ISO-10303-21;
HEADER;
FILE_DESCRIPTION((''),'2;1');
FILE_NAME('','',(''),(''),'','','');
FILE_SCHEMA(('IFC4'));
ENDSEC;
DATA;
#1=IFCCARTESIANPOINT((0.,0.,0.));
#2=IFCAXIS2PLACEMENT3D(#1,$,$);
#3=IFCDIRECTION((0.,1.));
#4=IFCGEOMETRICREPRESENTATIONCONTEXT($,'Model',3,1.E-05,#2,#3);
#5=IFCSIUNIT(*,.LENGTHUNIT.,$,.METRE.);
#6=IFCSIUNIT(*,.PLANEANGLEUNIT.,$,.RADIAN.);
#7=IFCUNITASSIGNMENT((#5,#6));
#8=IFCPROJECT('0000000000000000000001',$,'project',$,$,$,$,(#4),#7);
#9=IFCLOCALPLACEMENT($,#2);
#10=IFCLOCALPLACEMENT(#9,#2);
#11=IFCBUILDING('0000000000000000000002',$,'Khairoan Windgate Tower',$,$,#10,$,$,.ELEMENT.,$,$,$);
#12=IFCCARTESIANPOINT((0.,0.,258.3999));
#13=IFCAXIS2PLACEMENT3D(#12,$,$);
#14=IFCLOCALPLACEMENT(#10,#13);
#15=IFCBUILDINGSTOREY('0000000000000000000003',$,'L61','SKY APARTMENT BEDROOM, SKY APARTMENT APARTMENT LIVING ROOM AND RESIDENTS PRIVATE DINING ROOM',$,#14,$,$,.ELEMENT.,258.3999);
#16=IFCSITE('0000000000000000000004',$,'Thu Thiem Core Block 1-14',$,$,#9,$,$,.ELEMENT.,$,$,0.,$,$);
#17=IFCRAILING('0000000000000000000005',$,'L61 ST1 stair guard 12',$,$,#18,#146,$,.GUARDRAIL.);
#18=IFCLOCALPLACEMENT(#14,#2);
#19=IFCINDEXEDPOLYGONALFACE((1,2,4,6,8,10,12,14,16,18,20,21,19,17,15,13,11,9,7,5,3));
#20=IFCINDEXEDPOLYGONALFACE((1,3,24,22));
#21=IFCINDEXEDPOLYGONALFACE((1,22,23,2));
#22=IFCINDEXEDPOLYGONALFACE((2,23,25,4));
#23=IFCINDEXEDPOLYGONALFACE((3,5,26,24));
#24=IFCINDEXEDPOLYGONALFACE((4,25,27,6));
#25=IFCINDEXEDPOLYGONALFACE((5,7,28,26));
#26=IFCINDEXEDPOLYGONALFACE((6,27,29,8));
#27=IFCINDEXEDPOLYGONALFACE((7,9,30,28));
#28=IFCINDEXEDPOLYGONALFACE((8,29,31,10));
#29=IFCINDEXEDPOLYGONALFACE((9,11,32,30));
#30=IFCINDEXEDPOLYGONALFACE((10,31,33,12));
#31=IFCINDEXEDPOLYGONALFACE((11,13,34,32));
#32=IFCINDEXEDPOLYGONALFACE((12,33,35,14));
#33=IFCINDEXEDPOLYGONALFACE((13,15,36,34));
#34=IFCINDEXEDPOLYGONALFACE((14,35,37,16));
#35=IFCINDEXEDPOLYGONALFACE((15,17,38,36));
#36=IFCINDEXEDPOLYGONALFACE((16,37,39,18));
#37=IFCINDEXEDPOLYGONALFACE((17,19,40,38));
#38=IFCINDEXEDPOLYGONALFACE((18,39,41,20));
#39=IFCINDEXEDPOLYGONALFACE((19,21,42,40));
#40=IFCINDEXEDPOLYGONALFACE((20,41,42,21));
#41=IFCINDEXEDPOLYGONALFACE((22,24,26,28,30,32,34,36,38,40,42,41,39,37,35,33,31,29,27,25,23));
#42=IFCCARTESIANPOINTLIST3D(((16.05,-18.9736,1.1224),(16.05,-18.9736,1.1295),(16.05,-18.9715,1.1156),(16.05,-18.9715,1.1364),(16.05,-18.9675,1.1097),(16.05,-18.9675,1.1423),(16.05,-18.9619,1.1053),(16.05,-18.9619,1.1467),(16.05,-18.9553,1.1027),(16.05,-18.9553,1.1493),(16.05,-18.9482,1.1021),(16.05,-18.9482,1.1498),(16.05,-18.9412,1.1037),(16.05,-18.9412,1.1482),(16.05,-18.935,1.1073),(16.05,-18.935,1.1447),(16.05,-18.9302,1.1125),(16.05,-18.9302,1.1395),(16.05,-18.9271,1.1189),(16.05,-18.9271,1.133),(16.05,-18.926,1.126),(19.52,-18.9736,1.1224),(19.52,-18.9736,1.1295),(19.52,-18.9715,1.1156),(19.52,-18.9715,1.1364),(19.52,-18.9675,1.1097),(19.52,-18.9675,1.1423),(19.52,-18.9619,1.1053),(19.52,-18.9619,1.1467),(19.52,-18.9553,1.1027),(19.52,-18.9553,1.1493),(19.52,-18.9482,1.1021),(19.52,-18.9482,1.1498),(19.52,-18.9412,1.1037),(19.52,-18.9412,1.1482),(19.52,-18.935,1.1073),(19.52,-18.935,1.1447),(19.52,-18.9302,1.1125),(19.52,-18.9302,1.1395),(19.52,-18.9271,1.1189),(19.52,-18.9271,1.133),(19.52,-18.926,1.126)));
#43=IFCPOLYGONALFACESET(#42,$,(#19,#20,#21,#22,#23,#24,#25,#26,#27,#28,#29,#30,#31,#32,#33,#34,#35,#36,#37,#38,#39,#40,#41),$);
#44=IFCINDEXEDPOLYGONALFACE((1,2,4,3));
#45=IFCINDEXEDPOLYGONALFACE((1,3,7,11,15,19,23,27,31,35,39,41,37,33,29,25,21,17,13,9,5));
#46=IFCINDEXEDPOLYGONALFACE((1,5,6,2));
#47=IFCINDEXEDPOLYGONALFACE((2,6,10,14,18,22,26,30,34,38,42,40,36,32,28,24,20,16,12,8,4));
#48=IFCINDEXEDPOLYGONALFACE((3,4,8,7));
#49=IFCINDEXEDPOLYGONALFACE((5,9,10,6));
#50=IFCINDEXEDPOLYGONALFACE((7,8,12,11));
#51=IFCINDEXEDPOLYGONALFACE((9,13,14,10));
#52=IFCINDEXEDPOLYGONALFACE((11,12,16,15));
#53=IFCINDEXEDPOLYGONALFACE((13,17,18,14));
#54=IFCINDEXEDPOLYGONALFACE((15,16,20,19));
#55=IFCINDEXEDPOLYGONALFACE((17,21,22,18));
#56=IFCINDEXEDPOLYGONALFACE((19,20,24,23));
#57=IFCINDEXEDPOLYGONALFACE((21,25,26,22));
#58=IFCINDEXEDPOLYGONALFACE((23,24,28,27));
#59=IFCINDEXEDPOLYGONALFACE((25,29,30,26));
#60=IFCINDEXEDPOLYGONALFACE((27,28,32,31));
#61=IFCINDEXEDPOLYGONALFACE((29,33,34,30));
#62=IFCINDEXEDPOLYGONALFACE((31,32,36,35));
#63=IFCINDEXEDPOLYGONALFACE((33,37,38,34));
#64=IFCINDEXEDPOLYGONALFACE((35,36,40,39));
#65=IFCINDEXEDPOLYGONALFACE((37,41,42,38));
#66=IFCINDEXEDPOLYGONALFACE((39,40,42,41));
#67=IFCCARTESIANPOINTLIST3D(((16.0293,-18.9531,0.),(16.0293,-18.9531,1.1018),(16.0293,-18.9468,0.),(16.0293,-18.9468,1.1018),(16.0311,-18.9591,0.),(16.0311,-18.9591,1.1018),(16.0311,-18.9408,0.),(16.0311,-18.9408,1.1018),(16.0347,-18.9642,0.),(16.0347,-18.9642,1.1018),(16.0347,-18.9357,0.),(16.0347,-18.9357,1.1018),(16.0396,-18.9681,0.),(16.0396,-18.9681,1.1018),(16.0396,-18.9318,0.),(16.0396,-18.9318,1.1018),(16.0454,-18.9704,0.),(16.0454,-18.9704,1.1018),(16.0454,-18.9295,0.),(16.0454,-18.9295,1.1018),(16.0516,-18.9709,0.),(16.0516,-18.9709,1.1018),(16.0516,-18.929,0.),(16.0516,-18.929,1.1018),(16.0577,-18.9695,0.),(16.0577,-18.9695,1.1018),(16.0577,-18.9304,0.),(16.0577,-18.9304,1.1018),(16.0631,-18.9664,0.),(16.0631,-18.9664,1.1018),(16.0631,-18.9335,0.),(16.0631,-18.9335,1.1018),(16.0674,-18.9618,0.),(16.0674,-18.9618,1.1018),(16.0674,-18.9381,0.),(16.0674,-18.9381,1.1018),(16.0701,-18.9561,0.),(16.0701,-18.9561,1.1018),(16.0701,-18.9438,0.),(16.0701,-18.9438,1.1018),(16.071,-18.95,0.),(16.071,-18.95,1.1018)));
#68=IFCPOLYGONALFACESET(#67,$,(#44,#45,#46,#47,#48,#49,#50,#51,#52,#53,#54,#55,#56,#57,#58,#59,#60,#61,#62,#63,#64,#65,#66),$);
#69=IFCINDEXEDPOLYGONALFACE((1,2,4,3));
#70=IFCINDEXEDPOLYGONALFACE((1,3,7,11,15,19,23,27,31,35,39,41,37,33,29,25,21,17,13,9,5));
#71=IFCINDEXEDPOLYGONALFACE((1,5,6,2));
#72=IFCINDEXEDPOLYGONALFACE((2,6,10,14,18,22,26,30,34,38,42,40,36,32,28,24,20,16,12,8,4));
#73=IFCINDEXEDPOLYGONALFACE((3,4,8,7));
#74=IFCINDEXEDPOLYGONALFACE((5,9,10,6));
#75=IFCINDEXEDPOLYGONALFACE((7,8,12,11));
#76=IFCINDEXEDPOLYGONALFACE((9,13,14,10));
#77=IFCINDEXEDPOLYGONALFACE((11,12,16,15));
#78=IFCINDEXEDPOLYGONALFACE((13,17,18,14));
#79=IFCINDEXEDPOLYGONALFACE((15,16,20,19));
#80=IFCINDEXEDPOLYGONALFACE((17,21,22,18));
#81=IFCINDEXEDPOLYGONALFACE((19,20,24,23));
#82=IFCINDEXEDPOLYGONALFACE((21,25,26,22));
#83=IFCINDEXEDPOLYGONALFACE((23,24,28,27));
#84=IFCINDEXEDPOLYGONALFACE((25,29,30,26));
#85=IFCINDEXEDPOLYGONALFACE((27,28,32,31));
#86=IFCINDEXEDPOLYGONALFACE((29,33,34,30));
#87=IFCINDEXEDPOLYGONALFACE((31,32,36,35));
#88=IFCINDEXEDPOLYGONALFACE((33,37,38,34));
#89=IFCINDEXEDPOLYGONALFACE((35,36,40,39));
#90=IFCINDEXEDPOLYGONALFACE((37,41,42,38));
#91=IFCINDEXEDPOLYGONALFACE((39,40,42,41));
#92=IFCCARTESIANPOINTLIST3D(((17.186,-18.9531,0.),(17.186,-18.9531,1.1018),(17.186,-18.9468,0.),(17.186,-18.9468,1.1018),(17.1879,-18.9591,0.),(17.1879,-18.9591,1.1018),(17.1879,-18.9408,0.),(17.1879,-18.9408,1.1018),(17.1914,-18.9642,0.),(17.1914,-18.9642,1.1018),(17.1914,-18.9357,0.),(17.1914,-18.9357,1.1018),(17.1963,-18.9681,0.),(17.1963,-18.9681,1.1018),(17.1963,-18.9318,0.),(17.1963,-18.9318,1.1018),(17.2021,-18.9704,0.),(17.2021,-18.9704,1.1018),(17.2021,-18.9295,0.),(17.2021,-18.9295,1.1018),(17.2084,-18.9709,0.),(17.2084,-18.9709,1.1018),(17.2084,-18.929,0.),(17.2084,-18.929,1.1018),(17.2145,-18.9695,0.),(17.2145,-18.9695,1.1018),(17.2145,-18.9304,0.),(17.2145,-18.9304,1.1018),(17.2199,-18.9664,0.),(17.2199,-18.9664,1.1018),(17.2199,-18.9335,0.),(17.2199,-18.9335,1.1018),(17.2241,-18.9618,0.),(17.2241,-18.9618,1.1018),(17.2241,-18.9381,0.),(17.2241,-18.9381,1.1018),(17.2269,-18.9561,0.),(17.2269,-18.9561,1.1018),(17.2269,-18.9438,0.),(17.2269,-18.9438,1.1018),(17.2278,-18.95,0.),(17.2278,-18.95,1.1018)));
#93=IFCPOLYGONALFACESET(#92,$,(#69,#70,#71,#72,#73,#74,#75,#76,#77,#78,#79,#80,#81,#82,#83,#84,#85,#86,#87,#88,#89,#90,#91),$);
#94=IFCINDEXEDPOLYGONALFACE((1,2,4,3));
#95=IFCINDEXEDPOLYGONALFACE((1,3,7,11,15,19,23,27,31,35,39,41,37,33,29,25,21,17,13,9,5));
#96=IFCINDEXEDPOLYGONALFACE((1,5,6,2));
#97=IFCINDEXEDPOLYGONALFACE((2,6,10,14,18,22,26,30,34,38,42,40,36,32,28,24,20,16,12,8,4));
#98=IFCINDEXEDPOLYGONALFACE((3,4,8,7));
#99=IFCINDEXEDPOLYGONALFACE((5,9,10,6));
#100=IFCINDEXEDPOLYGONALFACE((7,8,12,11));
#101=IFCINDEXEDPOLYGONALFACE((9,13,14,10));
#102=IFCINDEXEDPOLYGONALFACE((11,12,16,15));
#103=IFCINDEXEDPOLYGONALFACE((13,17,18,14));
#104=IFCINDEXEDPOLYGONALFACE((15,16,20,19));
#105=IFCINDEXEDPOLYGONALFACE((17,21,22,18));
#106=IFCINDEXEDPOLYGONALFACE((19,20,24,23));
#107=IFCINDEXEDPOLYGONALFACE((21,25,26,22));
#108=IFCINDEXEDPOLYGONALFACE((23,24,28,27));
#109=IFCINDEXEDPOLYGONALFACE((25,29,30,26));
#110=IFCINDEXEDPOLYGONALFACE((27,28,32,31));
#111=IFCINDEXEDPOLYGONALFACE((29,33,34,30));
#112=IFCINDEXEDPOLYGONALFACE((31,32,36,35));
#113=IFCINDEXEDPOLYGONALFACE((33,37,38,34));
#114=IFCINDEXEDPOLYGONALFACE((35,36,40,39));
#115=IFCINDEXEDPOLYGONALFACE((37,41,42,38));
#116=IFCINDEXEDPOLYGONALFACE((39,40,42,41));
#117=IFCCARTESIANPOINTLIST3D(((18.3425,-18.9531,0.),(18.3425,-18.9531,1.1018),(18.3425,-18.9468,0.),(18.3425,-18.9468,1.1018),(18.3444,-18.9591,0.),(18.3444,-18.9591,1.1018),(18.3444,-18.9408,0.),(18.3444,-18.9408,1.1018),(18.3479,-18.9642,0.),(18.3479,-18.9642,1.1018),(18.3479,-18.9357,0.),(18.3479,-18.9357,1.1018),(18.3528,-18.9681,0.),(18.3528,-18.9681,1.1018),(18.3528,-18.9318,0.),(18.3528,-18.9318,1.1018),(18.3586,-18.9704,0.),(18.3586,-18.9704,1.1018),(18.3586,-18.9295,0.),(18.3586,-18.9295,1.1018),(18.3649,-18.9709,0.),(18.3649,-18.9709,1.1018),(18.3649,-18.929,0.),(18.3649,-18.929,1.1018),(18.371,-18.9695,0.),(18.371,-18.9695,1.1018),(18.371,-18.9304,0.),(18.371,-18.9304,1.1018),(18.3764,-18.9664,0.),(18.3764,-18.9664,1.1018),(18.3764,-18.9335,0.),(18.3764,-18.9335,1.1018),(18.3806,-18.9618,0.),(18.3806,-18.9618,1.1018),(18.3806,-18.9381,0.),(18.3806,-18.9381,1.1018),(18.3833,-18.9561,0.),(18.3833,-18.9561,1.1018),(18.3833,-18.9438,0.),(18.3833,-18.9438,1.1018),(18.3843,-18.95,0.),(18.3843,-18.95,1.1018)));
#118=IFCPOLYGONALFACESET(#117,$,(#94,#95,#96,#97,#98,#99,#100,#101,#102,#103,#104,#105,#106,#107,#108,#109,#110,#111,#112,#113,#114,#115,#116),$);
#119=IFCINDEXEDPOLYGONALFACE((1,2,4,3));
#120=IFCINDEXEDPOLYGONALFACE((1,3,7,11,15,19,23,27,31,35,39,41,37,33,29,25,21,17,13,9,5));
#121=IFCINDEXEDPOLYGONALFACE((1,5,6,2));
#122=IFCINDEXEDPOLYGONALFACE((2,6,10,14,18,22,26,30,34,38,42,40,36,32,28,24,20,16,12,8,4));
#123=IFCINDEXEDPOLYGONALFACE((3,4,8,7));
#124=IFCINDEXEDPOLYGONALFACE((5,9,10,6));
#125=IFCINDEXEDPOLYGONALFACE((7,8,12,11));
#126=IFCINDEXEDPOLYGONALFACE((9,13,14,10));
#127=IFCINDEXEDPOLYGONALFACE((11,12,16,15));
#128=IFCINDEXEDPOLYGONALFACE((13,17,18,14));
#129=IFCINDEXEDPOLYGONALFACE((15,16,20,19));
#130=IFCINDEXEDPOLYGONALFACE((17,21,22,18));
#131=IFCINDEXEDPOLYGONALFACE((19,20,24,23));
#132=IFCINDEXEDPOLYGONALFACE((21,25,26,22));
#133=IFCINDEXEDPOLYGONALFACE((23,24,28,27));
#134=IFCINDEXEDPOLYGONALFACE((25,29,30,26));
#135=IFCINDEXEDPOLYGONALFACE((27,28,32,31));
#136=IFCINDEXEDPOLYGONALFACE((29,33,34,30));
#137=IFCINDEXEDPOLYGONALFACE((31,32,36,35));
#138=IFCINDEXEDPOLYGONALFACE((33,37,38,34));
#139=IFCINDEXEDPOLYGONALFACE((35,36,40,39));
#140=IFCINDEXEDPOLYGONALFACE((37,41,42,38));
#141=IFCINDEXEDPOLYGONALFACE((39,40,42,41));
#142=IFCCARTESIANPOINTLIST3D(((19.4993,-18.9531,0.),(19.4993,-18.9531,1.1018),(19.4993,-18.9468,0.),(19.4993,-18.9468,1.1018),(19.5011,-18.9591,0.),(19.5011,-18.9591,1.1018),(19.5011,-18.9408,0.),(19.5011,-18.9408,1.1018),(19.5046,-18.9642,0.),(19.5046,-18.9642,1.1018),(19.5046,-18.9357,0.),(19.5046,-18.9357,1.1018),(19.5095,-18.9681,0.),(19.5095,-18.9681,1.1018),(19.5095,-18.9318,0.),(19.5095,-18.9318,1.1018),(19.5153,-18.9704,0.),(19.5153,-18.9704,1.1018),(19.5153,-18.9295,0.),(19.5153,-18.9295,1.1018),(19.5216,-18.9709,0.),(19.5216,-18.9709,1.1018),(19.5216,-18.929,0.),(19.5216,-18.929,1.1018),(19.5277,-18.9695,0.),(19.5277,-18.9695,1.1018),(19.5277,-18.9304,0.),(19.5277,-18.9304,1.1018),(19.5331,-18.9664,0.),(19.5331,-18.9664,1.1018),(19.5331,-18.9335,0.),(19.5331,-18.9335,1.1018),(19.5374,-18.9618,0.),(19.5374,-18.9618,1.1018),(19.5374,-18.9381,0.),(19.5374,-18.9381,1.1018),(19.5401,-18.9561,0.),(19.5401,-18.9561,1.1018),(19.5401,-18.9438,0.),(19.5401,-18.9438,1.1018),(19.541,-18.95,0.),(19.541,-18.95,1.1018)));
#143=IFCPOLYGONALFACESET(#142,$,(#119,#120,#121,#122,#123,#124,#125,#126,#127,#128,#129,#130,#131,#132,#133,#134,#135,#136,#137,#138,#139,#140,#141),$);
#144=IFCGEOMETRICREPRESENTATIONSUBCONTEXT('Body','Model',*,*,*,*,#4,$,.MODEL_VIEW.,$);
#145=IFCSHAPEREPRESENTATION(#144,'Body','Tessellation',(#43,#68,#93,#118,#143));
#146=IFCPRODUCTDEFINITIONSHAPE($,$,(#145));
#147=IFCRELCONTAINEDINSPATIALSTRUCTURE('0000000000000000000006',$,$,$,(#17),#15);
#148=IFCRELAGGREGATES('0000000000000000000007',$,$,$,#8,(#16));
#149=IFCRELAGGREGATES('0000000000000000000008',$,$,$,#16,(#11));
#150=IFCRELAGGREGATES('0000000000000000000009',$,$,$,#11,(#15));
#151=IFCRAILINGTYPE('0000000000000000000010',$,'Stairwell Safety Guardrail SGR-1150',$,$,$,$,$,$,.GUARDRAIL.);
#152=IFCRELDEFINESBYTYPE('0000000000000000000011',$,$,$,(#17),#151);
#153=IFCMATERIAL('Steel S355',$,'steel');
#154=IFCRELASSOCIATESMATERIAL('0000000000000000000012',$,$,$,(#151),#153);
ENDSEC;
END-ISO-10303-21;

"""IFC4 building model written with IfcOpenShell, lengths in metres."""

from ifc_helpers import new_model, si_unit, direction, frame, origin, origin_2d, place, context, subcontext, project, spatial, circle, extrude, material, type_object, element, save


model = new_model("IFC4")

# Units and contexts
model_context = context("Model", 3, precision=1e-05, world=origin(), true_north=direction((0.0, 1.0)))
body_context = subcontext(model_context, "Body", "Model", "MODEL_VIEW")
ifc_project = project(units=[si_unit("LENGTHUNIT", "METRE"), si_unit("PLANEANGLEUNIT", "RADIAN")], contexts=[model_context])

# Site, building, storey
site_placement = place(None, origin())
site = spatial("IfcSite", under=ifc_project, at=site_placement, Name="Thu Thiem Core Block 1-14", CompositionType="ELEMENT", RefElevation=0.0)
building_placement = place(site_placement, origin())
building = spatial("IfcBuilding", under=site, at=building_placement, Name="Khairoan Windgate Tower", CompositionType="ELEMENT")
storey_placement = place(building_placement, frame((0.0, 0.0, 258.3999)))
storey = spatial("IfcBuildingStorey", under=building, at=storey_placement, Name="L61", Description="SKY APARTMENT BEDROOM, SKY APARTMENT APARTMENT LIVING ROOM AND RESIDENTS PRIVATE DINING ROOM", CompositionType="ELEMENT", Elevation=258.3999)

# Railing
ifc_material_1 = material(Name="Steel S355", Category="steel")
railing_type = type_object("IfcRailingType", Name="Stairwell Safety Guardrail SGR-1150", PredefinedType="GUARDRAIL", material=ifc_material_1)
railing_1_placement = place(storey_placement, frame((16.05, -18.95, 0.0)))
element("IfcRailing", 1, at=railing_1_placement, inside=storey, type_object=railing_type, Name="L61 ST1 stair guard 12", PredefinedType="GUARDRAIL", context=body_context, shape_type="SweptSolid", body=[
    extrude(circle(Radius=0.0239, at=origin_2d()), frame((0.0, 0.0, 1.126), z_axis=(1.0, 0.0, 0.0), x_axis=(0.0, 1.0, 0.0)), (0.0, 0.0, 1.0), 3.47),
    extrude(circle(Radius=0.021, at=origin_2d()), origin(), (0.0, 0.0, 1.0), 1.1018),
    extrude(circle(Radius=0.021, at=origin_2d()), frame((1.1567, 0.0, 0.0)), (0.0, 0.0, 1.0), 1.1018),
    extrude(circle(Radius=0.021, at=origin_2d()), frame((2.3132, 0.0, 0.0)), (0.0, 0.0, 1.0), 1.1018),
    extrude(circle(Radius=0.021, at=origin_2d()), frame((3.47, 0.0, 0.0)), (0.0, 0.0, 1.0), 1.1018),
])

save(model, "model.ifc")
